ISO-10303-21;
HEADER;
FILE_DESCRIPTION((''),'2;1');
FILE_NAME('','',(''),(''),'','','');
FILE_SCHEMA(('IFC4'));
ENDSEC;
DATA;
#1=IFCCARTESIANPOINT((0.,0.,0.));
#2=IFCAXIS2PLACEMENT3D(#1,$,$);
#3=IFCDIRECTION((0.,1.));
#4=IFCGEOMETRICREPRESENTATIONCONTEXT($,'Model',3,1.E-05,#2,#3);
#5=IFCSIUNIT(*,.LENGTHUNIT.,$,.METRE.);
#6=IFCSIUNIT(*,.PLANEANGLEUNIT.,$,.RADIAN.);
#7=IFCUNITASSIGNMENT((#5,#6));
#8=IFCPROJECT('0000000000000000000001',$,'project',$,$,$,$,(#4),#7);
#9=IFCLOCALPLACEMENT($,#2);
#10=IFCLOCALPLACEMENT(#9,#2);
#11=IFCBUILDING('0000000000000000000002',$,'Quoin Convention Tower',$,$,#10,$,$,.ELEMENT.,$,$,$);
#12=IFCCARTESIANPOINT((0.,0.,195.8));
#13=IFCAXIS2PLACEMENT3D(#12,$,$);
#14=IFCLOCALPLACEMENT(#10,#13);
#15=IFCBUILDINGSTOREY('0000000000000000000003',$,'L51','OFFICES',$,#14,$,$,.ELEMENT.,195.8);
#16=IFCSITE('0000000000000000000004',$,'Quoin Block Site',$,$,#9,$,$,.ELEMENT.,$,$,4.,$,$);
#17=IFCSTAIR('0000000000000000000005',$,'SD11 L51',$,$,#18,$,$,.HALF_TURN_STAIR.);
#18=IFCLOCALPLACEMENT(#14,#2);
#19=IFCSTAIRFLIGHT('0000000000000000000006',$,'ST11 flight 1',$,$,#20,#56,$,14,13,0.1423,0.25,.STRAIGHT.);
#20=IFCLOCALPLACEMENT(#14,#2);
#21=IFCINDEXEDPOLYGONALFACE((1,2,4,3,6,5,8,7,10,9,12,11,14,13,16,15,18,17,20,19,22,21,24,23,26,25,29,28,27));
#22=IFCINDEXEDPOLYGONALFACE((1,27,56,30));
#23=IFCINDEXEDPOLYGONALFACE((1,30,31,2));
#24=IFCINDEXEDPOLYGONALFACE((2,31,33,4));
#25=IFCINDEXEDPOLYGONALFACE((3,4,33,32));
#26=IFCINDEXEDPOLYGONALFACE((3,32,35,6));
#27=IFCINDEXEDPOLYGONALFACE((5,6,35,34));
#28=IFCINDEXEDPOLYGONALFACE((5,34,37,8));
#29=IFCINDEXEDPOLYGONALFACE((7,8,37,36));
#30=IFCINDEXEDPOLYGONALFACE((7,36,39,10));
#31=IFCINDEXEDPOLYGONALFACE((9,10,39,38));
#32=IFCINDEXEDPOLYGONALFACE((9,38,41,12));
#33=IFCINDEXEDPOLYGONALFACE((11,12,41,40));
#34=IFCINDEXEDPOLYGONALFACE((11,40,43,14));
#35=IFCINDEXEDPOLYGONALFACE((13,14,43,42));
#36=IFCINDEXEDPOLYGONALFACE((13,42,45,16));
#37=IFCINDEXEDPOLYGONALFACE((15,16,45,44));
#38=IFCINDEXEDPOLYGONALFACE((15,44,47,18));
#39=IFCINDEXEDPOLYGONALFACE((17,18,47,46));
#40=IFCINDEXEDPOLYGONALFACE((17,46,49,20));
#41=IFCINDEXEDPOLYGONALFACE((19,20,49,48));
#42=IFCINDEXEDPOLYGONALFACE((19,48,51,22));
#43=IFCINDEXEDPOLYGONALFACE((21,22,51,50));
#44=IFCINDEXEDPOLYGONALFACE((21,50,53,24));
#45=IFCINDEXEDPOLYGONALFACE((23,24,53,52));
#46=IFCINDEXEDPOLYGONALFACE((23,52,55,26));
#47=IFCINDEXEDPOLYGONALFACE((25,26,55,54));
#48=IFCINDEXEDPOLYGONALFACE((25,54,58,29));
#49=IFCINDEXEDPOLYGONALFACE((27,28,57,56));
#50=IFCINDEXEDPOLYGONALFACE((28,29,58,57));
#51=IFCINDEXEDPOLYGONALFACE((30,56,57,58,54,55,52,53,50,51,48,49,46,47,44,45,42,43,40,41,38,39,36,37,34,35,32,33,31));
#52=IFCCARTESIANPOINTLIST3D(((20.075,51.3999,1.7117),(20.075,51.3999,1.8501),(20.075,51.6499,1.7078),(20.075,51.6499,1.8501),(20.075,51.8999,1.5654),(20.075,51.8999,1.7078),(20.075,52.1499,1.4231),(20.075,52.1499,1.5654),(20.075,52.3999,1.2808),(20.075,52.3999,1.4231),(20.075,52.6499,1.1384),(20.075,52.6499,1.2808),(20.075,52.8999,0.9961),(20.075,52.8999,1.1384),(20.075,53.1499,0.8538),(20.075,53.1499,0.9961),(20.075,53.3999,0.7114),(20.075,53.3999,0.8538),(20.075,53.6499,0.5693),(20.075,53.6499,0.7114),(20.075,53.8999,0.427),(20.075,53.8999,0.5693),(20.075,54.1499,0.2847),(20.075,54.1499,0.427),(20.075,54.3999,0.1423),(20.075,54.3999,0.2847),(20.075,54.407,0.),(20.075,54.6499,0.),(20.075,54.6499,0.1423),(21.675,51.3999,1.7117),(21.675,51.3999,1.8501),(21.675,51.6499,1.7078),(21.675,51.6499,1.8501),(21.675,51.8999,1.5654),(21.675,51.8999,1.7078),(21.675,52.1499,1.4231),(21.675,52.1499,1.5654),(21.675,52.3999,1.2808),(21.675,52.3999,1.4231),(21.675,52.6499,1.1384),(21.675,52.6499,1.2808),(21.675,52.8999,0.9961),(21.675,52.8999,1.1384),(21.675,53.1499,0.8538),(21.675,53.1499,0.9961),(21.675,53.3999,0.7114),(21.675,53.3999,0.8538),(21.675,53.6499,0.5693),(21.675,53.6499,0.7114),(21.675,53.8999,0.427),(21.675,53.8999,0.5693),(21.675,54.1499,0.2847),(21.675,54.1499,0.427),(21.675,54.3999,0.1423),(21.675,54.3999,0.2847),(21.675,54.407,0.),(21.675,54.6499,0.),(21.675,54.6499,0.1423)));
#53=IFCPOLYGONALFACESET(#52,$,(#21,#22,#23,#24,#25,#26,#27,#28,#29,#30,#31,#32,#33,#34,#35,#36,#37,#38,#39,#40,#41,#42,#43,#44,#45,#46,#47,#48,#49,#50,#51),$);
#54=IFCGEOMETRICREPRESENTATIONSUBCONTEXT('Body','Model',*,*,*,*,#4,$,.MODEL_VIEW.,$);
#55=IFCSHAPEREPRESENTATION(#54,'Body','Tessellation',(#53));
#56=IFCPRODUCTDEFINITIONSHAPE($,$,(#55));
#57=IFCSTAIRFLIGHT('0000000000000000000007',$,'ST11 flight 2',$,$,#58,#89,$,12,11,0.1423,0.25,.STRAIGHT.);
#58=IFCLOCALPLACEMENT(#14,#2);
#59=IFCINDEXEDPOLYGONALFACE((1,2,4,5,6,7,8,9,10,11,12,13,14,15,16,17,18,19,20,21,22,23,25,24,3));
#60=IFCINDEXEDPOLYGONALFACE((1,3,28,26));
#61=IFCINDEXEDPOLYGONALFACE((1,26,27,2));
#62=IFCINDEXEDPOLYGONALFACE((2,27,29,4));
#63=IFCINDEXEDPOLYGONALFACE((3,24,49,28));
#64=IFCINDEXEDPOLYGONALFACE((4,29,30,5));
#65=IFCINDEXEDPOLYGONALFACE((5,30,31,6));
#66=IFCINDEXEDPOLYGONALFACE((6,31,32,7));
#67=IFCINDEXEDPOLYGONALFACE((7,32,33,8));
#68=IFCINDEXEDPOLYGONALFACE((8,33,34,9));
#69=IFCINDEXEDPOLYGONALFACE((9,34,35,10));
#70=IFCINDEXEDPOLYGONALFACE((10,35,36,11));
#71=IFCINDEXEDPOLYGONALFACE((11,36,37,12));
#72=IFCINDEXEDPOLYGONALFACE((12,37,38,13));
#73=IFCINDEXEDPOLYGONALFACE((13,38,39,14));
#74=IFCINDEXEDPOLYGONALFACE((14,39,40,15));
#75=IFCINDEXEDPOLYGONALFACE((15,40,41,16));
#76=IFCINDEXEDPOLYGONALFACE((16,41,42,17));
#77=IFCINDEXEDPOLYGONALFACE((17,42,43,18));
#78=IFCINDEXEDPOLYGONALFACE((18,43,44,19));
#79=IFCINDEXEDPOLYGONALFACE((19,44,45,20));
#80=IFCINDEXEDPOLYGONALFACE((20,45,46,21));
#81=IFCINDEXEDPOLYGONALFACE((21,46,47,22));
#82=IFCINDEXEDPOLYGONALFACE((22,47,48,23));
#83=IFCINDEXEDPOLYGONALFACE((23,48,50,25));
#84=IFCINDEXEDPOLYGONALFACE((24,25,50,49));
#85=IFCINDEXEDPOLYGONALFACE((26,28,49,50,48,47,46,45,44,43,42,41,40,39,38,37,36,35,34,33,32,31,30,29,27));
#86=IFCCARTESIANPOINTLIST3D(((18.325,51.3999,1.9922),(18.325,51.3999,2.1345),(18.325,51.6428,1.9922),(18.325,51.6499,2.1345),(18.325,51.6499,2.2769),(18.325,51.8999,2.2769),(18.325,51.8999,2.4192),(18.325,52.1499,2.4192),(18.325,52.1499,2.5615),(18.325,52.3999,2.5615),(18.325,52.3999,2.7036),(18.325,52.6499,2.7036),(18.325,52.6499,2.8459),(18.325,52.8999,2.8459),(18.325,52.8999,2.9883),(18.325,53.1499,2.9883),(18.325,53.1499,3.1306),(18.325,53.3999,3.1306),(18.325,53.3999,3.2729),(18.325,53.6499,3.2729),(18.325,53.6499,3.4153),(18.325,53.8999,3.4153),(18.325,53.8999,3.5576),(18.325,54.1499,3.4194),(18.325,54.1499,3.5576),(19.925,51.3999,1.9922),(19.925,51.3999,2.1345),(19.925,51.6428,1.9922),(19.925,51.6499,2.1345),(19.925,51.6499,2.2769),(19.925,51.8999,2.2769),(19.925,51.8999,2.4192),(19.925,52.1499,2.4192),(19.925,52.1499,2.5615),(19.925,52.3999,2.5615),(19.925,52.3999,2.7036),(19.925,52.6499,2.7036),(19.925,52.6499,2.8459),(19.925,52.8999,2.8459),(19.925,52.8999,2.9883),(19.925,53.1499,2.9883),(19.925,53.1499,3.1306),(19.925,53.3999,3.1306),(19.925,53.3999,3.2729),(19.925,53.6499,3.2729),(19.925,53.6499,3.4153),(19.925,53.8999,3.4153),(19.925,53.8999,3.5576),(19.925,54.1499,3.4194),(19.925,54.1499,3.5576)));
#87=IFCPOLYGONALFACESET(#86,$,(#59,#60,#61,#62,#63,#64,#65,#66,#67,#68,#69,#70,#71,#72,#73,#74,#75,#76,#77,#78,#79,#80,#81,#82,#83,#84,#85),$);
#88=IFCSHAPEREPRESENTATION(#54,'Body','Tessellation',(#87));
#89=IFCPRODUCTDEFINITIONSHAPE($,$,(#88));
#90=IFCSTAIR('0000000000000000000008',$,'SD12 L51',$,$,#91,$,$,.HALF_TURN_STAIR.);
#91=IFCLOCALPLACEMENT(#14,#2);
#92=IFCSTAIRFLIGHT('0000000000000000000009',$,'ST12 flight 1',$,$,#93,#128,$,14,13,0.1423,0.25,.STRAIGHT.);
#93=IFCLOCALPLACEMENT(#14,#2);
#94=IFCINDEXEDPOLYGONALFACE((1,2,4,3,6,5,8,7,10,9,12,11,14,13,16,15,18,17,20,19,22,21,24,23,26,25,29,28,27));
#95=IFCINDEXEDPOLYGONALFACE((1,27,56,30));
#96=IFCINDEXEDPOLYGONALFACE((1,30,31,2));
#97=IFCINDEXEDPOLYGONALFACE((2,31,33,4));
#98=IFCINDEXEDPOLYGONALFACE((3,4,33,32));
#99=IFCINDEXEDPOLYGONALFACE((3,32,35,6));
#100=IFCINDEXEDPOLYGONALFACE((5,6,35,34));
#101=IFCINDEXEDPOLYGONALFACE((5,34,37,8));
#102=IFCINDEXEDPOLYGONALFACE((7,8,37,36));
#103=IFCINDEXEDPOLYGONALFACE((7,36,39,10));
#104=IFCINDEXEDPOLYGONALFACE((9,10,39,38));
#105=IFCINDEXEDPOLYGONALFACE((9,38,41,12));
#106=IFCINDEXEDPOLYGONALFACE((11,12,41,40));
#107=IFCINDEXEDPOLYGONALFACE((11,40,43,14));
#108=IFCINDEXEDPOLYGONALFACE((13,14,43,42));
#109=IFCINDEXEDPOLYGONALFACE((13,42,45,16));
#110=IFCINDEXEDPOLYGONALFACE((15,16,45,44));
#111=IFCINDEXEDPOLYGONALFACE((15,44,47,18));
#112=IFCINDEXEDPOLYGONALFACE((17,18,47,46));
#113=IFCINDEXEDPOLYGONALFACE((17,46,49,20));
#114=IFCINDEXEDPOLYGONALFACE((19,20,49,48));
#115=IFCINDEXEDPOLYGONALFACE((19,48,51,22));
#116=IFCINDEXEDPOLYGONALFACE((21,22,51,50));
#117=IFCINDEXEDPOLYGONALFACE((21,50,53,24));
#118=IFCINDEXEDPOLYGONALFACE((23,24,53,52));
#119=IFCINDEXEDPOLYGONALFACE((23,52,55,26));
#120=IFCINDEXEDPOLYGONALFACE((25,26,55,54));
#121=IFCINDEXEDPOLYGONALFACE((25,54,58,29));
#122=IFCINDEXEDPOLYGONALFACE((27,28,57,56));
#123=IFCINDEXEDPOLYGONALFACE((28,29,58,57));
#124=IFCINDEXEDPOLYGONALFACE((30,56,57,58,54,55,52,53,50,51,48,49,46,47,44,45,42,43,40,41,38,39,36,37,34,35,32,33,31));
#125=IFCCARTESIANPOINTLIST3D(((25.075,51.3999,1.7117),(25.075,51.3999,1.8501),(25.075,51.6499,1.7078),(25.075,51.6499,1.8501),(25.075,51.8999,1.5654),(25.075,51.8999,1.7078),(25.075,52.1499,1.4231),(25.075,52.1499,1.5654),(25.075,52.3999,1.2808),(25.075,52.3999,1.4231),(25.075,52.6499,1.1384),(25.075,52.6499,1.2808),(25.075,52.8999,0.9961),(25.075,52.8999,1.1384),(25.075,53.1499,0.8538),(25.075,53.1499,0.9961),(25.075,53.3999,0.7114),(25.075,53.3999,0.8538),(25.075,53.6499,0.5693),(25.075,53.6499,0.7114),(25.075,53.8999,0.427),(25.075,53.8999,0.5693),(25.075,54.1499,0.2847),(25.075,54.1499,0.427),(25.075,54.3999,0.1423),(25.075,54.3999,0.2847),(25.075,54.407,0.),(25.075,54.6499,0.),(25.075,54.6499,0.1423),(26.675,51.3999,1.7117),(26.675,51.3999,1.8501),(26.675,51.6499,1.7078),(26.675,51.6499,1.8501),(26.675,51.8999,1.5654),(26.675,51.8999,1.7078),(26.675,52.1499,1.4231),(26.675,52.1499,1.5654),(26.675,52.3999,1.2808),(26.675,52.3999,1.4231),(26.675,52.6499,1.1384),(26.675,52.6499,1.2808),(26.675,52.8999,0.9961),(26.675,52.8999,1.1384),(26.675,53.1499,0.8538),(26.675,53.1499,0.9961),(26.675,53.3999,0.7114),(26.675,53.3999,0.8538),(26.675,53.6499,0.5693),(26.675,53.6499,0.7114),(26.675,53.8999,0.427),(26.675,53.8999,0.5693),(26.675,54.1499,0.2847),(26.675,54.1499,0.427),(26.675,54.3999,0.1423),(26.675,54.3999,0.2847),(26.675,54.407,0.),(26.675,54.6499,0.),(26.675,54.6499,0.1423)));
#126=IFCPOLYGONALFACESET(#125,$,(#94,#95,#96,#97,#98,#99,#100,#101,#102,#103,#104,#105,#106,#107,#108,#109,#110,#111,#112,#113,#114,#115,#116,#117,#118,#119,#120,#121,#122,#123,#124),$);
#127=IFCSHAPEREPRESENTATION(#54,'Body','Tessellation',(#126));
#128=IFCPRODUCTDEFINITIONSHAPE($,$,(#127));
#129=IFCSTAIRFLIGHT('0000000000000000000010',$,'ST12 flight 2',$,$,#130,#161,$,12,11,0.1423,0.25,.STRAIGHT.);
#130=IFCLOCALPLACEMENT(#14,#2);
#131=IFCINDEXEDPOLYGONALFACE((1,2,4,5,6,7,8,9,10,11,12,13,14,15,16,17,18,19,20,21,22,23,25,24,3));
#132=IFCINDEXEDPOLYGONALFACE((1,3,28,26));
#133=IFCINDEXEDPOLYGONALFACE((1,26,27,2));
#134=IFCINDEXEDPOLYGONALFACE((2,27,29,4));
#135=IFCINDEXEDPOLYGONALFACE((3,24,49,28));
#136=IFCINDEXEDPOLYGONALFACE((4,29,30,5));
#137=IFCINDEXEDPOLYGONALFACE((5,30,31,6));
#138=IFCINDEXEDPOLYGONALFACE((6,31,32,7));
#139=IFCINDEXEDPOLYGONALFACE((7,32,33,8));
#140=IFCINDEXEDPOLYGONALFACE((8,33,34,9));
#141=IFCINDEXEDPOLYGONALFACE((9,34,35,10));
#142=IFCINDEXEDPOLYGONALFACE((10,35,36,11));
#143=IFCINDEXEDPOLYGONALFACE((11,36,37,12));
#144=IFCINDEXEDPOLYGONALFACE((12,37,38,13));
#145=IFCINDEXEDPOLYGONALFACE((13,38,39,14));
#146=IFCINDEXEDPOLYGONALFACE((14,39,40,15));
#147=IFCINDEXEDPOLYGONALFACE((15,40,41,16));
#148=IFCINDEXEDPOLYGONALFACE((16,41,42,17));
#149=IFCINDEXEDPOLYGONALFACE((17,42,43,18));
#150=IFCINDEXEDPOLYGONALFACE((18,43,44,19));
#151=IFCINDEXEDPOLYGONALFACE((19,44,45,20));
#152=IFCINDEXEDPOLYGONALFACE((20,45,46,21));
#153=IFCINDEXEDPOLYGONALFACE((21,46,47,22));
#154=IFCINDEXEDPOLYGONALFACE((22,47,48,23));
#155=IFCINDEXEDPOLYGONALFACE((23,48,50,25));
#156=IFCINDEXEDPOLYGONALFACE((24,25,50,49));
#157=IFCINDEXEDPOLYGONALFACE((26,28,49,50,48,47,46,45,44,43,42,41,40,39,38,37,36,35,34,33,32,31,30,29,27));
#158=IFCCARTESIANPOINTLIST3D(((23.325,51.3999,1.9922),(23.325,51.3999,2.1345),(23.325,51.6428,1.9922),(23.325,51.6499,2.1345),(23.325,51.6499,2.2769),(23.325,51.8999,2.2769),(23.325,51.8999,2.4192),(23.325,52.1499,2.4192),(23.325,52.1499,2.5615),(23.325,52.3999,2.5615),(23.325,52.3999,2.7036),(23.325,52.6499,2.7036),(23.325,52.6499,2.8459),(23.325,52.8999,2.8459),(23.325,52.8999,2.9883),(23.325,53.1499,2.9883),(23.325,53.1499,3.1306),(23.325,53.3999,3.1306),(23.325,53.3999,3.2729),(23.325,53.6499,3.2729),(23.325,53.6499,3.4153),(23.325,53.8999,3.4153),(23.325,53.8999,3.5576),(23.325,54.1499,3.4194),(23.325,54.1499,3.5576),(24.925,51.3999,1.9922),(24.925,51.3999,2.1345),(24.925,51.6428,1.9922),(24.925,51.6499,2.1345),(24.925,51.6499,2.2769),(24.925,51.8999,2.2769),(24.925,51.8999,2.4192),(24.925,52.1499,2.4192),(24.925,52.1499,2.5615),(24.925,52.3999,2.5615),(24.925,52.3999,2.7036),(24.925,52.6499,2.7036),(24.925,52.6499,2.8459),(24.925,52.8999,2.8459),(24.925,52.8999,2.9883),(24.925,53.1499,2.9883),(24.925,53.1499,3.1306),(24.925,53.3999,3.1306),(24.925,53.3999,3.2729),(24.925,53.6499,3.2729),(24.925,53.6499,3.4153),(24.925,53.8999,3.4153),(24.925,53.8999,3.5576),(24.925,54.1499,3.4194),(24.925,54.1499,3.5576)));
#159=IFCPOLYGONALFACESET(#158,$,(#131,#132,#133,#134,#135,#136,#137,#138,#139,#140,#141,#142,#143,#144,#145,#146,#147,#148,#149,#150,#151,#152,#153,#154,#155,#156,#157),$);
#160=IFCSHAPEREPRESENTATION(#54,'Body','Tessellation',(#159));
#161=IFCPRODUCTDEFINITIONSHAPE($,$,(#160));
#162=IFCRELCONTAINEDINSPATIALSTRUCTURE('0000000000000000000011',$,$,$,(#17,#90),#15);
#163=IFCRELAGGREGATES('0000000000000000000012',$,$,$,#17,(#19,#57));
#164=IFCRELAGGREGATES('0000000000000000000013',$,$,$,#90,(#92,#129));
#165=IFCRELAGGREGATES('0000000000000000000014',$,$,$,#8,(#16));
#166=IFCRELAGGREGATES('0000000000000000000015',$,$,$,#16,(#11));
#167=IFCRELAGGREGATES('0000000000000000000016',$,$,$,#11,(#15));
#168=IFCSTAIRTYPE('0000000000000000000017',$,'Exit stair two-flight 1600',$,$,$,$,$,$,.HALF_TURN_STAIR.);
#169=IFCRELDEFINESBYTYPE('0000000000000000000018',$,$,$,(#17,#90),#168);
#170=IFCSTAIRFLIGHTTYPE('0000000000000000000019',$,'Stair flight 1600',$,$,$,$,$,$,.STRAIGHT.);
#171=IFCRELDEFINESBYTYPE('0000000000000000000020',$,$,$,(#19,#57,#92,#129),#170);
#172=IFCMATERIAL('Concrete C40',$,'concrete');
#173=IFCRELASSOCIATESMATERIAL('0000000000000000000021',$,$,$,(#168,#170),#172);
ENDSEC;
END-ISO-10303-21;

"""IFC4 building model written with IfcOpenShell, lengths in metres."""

from ifc_helpers import new_model, si_unit, direction, frame, origin, place, context, subcontext, project, spatial, polyline, outline, extrude, material, type_object, element, aggregate, save


model = new_model("IFC4")

# Units and contexts
model_context = context("Model", 3, precision=1e-05, world=origin(), true_north=direction((0.0, 1.0)))
body_context = subcontext(model_context, "Body", "Model", "MODEL_VIEW")
ifc_project = project(units=[si_unit("LENGTHUNIT", "METRE"), si_unit("PLANEANGLEUNIT", "RADIAN")], contexts=[model_context])

# Site, building, storey
site_placement = place(None, origin())
site = spatial("IfcSite", under=ifc_project, at=site_placement, Name="Quoin Block Site", CompositionType="ELEMENT", RefElevation=4.0)
building_placement = place(site_placement, origin())
building = spatial("IfcBuilding", under=site, at=building_placement, Name="Quoin Convention Tower", CompositionType="ELEMENT")
storey_placement = place(building_placement, frame((0.0, 0.0, 195.8)))
storey = spatial("IfcBuildingStorey", under=building, at=storey_placement, Name="L51", Description="OFFICES", CompositionType="ELEMENT", Elevation=195.8)

# Stairs, stair flights
ifc_material_1 = material(Name="Concrete C40", Category="concrete")
stair_type = type_object("IfcStairType", Name="Exit stair two-flight 1600", PredefinedType="HALF_TURN_STAIR", material=ifc_material_1)
stair_1_placement = place(storey_placement, origin())
stair_1 = element("IfcStair", 1, at=stair_1_placement, inside=storey, type_object=stair_type, Name="SD11 L51", PredefinedType="HALF_TURN_STAIR")
stair_flight_type = type_object("IfcStairFlightType", Name="Stair flight 1600", PredefinedType="STRAIGHT", material=ifc_material_1)
stair_flight_1_placement = place(storey_placement, frame((20.875, 54.6499, 0.0), z_axis=(0.0, 0.0, 1.0), x_axis=(0.0, -1.0, 0.0)))
stair_flight_1 = element("IfcStairFlight", 2, at=stair_flight_1_placement, type_object=stair_flight_type, Name="ST11 flight 1", NumberOfRisers=14, NumberOfTreads=13, PredefinedType="STRAIGHT", RiserHeight=0.1423, TreadLength=0.25, context=body_context, shape_type="SweptSolid", body=[
    extrude(outline(polyline([(0.0, 0.0), (0.0, 0.1423), (0.25, 0.1423), (0.25, 0.2847), (0.5, 0.2847), (0.5, 0.427), (0.75, 0.427), (0.75, 0.5693), (1.0, 0.5693), (1.0, 0.7114), (1.25, 0.7114), (1.25, 0.8538), (1.5, 0.8538), (1.5, 0.9961), (1.75, 0.9961), (1.75, 1.1384), (2.0, 1.1384), (2.0, 1.2808), (2.25, 1.2808), (2.25, 1.4231), (2.5, 1.4231), (2.5, 1.5654), (2.75, 1.5654), (2.75, 1.7078), (3.0, 1.7078), (3.0, 1.8501), (3.25, 1.8501), (3.25, 1.9922), (3.25, 1.7117), (0.2429, 0.0), (0.0, 0.0)])), frame((0.0, 0.8, 0.0), z_axis=(0.0, -1.0, 0.0), x_axis=(1.0, 0.0, 0.0)), (0.0, 0.0, 1.0), 1.6001),
])
stair_flight_2_placement = place(storey_placement, frame((19.125, 51.3999, 1.9922), z_axis=(0.0, 0.0, 1.0), x_axis=(0.0, 1.0, 0.0)))
stair_flight_2 = element("IfcStairFlight", 3, at=stair_flight_2_placement, type_object=stair_flight_type, Name="ST11 flight 2", NumberOfRisers=12, NumberOfTreads=11, PredefinedType="STRAIGHT", RiserHeight=0.1423, TreadLength=0.25, context=body_context, shape_type="SweptSolid", body=[
    extrude(outline(polyline([(0.0, 0.0), (0.0, 0.1423), (0.25, 0.1423), (0.25, 0.2847), (0.5, 0.2847), (0.5, 0.427), (0.75, 0.427), (0.75, 0.5693), (1.0, 0.5693), (1.0, 0.7114), (1.25, 0.7114), (1.25, 0.8538), (1.5, 0.8538), (1.5, 0.9961), (1.75, 0.9961), (1.75, 1.1384), (2.0, 1.1384), (2.0, 1.2808), (2.25, 1.2808), (2.25, 1.4231), (2.5, 1.4231), (2.5, 1.5654), (2.75, 1.5654), (2.75, 1.7078), (2.75, 1.4272), (0.2429, 0.0), (0.0, 0.0)])), frame((0.0, 0.8, 0.0), z_axis=(0.0, -1.0, 0.0), x_axis=(1.0, 0.0, 0.0)), (0.0, 0.0, 1.0), 1.6001),
])
aggregate(stair_1, [stair_flight_1, stair_flight_2])
stair_2_placement = place(storey_placement, origin())
stair_2 = element("IfcStair", 4, at=stair_2_placement, inside=storey, type_object=stair_type, Name="SD12 L51", PredefinedType="HALF_TURN_STAIR")
stair_flight_3_placement = place(storey_placement, frame((25.875, 54.6499, 0.0), z_axis=(0.0, 0.0, 1.0), x_axis=(0.0, -1.0, 0.0)))
stair_flight_3 = element("IfcStairFlight", 5, at=stair_flight_3_placement, type_object=stair_flight_type, Name="ST12 flight 1", NumberOfRisers=14, NumberOfTreads=13, PredefinedType="STRAIGHT", RiserHeight=0.1423, TreadLength=0.25, context=body_context, shape_type="SweptSolid", body=[
    extrude(outline(polyline([(0.0, 0.0), (0.0, 0.1423), (0.25, 0.1423), (0.25, 0.2847), (0.5, 0.2847), (0.5, 0.427), (0.75, 0.427), (0.75, 0.5693), (1.0, 0.5693), (1.0, 0.7114), (1.25, 0.7114), (1.25, 0.8538), (1.5, 0.8538), (1.5, 0.9961), (1.75, 0.9961), (1.75, 1.1384), (2.0, 1.1384), (2.0, 1.2808), (2.25, 1.2808), (2.25, 1.4231), (2.5, 1.4231), (2.5, 1.5654), (2.75, 1.5654), (2.75, 1.7078), (3.0, 1.7078), (3.0, 1.8501), (3.25, 1.8501), (3.25, 1.9922), (3.25, 1.7117), (0.2429, 0.0), (0.0, 0.0)])), frame((0.0, 0.8, 0.0), z_axis=(0.0, -1.0, 0.0), x_axis=(1.0, 0.0, 0.0)), (0.0, 0.0, 1.0), 1.6001),
])
stair_flight_4_placement = place(storey_placement, frame((24.125, 51.3999, 1.9922), z_axis=(0.0, 0.0, 1.0), x_axis=(0.0, 1.0, 0.0)))
stair_flight_4 = element("IfcStairFlight", 6, at=stair_flight_4_placement, type_object=stair_flight_type, Name="ST12 flight 2", NumberOfRisers=12, NumberOfTreads=11, PredefinedType="STRAIGHT", RiserHeight=0.1423, TreadLength=0.25, context=body_context, shape_type="SweptSolid", body=[
    extrude(outline(polyline([(0.0, 0.0), (0.0, 0.1423), (0.25, 0.1423), (0.25, 0.2847), (0.5, 0.2847), (0.5, 0.427), (0.75, 0.427), (0.75, 0.5693), (1.0, 0.5693), (1.0, 0.7114), (1.25, 0.7114), (1.25, 0.8538), (1.5, 0.8538), (1.5, 0.9961), (1.75, 0.9961), (1.75, 1.1384), (2.0, 1.1384), (2.0, 1.2808), (2.25, 1.2808), (2.25, 1.4231), (2.5, 1.4231), (2.5, 1.5654), (2.75, 1.5654), (2.75, 1.7078), (2.75, 1.4272), (0.2429, 0.0), (0.0, 0.0)])), frame((0.0, 0.8, 0.0), z_axis=(0.0, -1.0, 0.0), x_axis=(1.0, 0.0, 0.0)), (0.0, 0.0, 1.0), 1.6001),
])
aggregate(stair_2, [stair_flight_3, stair_flight_4])

save(model, "model.ifc")
